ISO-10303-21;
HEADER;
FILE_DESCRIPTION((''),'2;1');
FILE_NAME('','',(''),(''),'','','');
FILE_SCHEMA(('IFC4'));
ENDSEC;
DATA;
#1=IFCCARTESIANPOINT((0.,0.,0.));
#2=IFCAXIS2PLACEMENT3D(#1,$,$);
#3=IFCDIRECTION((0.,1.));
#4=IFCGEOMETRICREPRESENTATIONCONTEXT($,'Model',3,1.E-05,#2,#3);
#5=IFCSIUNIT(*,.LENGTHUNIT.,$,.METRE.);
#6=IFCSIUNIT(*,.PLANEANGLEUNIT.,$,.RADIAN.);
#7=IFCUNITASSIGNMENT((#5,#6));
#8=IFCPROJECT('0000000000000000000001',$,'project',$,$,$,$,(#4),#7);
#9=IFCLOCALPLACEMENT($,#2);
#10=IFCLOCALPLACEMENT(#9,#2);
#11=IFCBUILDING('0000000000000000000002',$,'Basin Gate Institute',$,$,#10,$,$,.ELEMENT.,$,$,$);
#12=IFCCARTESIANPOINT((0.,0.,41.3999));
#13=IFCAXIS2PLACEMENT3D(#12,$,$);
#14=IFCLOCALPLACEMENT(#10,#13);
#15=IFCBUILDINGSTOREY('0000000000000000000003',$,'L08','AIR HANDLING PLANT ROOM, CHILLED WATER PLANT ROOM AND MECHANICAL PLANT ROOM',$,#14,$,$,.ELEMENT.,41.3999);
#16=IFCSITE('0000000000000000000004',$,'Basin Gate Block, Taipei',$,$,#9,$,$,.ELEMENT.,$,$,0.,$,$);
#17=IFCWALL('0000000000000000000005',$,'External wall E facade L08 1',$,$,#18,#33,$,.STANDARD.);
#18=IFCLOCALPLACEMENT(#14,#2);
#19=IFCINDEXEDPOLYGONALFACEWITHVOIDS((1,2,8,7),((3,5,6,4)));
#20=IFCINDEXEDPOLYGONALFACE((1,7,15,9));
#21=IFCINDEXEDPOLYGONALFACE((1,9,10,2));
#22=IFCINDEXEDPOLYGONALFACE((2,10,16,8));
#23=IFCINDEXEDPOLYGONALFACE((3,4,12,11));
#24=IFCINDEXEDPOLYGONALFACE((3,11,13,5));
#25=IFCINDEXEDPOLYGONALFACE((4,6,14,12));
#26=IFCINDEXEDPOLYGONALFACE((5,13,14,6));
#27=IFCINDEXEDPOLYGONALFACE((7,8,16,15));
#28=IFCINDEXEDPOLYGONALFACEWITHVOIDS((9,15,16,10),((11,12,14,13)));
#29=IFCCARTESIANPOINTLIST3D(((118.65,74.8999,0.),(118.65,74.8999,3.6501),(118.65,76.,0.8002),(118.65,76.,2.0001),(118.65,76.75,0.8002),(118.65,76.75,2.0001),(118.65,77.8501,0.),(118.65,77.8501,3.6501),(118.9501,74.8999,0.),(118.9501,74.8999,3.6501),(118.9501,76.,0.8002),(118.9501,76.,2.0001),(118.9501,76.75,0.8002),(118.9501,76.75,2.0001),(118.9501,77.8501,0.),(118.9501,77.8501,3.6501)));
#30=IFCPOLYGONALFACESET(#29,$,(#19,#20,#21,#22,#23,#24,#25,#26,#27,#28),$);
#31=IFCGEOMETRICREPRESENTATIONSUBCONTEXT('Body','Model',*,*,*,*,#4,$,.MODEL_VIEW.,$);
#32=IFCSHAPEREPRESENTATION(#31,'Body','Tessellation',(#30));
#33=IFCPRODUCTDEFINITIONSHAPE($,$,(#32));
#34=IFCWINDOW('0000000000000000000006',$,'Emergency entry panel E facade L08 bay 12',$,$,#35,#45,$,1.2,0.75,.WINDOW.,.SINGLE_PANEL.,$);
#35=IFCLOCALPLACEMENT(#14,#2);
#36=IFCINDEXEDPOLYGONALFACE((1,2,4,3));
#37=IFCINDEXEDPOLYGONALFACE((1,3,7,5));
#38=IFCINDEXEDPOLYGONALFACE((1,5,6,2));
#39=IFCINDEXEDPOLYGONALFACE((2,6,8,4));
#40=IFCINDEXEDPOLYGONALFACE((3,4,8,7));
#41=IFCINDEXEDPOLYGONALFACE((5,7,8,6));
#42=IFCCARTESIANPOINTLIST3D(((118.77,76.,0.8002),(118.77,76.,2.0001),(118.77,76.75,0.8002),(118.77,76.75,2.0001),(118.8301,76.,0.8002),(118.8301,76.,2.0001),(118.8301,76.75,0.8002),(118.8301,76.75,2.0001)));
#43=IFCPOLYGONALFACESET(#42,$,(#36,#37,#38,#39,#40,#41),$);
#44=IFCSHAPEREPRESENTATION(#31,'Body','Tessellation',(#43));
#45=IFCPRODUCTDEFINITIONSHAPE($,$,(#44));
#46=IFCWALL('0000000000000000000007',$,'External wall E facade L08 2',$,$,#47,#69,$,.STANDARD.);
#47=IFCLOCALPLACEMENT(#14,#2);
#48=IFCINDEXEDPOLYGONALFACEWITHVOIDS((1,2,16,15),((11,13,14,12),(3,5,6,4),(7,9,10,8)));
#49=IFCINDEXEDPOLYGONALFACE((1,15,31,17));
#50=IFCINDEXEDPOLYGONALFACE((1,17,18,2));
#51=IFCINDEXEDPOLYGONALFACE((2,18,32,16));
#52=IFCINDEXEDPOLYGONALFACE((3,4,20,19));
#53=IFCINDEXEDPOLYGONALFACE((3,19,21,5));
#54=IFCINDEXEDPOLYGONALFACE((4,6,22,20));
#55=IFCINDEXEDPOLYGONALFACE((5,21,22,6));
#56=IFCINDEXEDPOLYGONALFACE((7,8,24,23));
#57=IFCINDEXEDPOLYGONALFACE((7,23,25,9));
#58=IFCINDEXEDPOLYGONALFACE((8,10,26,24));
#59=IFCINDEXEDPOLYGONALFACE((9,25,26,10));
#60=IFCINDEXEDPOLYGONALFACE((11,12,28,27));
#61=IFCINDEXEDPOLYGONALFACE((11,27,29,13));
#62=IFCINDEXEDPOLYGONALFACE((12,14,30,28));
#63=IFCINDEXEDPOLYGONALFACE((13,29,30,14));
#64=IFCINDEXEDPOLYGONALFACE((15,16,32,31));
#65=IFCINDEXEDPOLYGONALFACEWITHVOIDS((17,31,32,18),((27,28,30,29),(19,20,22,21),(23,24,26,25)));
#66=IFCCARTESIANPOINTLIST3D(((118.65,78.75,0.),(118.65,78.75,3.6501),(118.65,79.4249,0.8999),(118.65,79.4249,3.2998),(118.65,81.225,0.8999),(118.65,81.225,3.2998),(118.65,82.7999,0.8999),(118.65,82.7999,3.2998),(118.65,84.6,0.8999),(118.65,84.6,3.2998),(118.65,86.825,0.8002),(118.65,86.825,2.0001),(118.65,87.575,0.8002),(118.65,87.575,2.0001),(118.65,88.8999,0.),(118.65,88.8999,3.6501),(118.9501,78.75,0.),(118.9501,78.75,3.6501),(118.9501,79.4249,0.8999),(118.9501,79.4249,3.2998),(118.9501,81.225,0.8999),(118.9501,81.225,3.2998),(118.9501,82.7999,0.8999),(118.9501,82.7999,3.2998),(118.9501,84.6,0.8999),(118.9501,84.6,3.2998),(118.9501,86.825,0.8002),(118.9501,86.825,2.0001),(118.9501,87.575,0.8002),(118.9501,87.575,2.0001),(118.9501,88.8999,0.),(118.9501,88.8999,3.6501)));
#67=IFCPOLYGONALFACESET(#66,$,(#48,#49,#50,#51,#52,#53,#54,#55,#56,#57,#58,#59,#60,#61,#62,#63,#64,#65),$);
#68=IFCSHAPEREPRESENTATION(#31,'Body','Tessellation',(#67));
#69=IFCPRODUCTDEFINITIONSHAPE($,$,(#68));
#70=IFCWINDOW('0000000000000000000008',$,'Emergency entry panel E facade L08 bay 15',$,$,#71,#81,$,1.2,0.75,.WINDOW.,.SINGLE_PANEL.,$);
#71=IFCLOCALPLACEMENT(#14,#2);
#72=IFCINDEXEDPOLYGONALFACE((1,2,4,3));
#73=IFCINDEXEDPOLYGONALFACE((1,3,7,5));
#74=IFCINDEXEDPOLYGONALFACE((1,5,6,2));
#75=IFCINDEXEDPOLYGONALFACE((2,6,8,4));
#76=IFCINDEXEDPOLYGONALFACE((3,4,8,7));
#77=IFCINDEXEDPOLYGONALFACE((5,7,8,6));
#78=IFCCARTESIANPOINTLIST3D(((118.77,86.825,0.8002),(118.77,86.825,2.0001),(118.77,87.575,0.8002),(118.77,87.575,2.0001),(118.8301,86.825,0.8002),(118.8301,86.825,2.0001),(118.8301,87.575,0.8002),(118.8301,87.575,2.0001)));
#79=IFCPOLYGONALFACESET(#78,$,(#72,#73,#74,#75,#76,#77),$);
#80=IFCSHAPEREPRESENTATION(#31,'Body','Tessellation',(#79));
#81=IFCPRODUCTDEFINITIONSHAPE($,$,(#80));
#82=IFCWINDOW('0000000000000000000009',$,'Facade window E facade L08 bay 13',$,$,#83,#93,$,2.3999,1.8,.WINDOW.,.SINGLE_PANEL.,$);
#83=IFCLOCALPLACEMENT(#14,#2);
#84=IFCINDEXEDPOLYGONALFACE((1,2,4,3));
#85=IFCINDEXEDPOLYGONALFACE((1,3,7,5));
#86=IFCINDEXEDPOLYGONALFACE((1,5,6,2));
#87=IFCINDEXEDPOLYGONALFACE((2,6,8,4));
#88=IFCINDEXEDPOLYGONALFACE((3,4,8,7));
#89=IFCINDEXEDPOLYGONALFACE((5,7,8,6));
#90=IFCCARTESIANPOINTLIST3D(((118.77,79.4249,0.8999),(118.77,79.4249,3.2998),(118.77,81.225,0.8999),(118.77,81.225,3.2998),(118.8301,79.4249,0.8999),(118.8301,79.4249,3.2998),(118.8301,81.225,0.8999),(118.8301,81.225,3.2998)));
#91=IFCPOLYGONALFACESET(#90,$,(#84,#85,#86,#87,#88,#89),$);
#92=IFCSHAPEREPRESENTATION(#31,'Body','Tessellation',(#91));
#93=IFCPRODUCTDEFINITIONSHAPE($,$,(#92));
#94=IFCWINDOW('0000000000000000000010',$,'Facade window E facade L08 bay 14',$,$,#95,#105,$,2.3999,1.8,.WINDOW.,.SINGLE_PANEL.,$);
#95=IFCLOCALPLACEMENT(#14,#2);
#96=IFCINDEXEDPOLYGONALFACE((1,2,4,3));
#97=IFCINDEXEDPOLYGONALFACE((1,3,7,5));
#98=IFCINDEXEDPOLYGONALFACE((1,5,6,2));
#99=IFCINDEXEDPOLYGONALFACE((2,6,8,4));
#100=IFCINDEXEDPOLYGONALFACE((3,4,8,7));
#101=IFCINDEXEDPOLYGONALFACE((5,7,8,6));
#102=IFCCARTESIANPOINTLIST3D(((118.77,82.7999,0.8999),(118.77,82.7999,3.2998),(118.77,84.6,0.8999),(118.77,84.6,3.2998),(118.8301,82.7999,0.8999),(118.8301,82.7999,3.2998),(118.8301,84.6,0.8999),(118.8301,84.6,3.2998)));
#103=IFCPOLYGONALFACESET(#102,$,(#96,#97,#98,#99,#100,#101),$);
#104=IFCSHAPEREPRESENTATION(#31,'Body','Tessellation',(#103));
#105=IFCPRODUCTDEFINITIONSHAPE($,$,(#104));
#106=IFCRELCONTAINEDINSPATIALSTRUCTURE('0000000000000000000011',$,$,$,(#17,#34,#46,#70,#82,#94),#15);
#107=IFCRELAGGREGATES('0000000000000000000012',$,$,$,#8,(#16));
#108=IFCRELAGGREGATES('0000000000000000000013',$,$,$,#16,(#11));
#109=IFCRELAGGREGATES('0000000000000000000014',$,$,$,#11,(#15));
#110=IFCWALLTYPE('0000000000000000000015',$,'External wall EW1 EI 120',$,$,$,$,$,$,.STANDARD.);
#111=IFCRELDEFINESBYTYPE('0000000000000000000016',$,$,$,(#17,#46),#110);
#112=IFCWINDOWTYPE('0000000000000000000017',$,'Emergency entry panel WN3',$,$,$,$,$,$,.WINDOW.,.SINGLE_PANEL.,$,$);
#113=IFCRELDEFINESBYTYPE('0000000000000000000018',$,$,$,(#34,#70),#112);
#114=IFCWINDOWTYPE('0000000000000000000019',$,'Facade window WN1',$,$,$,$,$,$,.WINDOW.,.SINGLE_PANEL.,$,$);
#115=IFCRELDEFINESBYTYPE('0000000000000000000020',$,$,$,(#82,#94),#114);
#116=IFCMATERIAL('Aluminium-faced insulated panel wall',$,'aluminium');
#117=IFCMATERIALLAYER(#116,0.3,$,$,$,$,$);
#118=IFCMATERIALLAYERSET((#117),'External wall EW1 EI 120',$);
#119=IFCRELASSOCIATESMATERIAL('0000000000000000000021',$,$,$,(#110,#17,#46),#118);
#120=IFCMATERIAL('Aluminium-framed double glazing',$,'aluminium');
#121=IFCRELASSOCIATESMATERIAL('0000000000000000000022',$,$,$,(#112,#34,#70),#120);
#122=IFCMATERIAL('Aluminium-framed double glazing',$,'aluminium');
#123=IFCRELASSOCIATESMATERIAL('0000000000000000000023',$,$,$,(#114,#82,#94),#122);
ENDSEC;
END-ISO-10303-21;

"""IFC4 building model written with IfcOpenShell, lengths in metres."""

from ifc_helpers import new_model, si_unit, direction, frame, frame_2d, origin, place, context, subcontext, project, spatial, rectangle, extrude, material, layer, layer_set, type_object, element, fill, save


model = new_model("IFC4")

# Units and contexts
model_context = context("Model", 3, precision=1e-05, world=origin(), true_north=direction((0.0, 1.0)))
body_context = subcontext(model_context, "Body", "Model", "MODEL_VIEW")
ifc_project = project(units=[si_unit("LENGTHUNIT", "METRE"), si_unit("PLANEANGLEUNIT", "RADIAN")], contexts=[model_context])

# Site, building, storey
site_placement = place(None, origin())
site = spatial("IfcSite", under=ifc_project, at=site_placement, Name="Basin Gate Block, Taipei", CompositionType="ELEMENT", RefElevation=0.0)
building_placement = place(site_placement, origin())
building = spatial("IfcBuilding", under=site, at=building_placement, Name="Basin Gate Institute", CompositionType="ELEMENT")
storey_placement = place(building_placement, frame((0.0, 0.0, 41.3999)))
storey = spatial("IfcBuildingStorey", under=building, at=storey_placement, Name="L08", Description="AIR HANDLING PLANT ROOM, CHILLED WATER PLANT ROOM AND MECHANICAL PLANT ROOM", CompositionType="ELEMENT", Elevation=41.3999)

# Wall, opening, window
ifc_material_1 = material(Name="Aluminium-faced insulated panel wall", Category="aluminium")
ifc_layer_1 = layer(ifc_material_1, 0.3)
ifc_layer_set_1 = layer_set([ifc_layer_1], Name="External wall EW1 EI 120")
wall_type_1 = type_object("IfcWallType", Name="External wall EW1 EI 120", PredefinedType="STANDARD", material=ifc_layer_set_1)
wall_1_placement = place(storey_placement, frame((118.8, 74.8999, 0.0), z_axis=(0.0, 0.0, 1.0), x_axis=(0.0, 1.0, 0.0)))
wall_1 = element("IfcWall", 1, at=wall_1_placement, inside=storey, type_object=wall_type_1, material=ifc_layer_set_1, Name="External wall E facade L08 1", PredefinedType="STANDARD", context=body_context, shape_type="SweptSolid", body=[
    extrude(rectangle(XDim=2.9502, YDim=0.3, at=frame_2d((1.4751, 0.0))), origin(), (0.0, 0.0, 1.0), 3.6501),
])
opening_1_placement = place(wall_1_placement, frame((1.1001, 0.0, 0.8)))
opening_1 = element("IfcOpeningElement", 2, at=opening_1_placement, cuts=wall_1, PredefinedType="OPENING", context=body_context, shape_type="SweptSolid", body=[
    extrude(rectangle(XDim=0.75, YDim=1.2, at=frame_2d((0.375, 0.6001))), frame((0.0, 0.1602, 0.0), z_axis=(0.0, -1.0, 0.0), x_axis=(1.0, 0.0, 0.0)), (0.0, 0.0, 1.0), 0.3201),
])
ifc_material_2 = material(Name="Aluminium-framed double glazing", Category="aluminium")
window_type_1 = type_object("IfcWindowType", Name="Emergency entry panel WN3", PartitioningType="SINGLE_PANEL", PredefinedType="WINDOW", material=ifc_material_2)
window_1_placement = place(opening_1_placement, origin())
window_1 = element("IfcWindow", 3, at=window_1_placement, inside=storey, type_object=window_type_1, material=ifc_material_2, Name="Emergency entry panel E facade L08 bay 12", OverallHeight=1.2, OverallWidth=0.75, PartitioningType="SINGLE_PANEL", PredefinedType="WINDOW", context=body_context, shape_type="SweptSolid", body=[
    extrude(rectangle(XDim=0.75, YDim=1.2, at=frame_2d((0.375, 0.6001))), frame((0.0, 0.03, 0.0), z_axis=(0.0, -1.0, 0.0), x_axis=(1.0, 0.0, 0.0)), (0.0, 0.0, 1.0), 0.0601),
])
fill(opening_1, window_1)

# Wall, openings, windows
wall_2_placement = place(storey_placement, frame((118.8, 78.75, 0.0), z_axis=(0.0, 0.0, 1.0), x_axis=(0.0, 1.0, 0.0)))
wall_2 = element("IfcWall", 4, at=wall_2_placement, inside=storey, type_object=wall_type_1, material=ifc_layer_set_1, Name="External wall E facade L08 2", PredefinedType="STANDARD", context=body_context, shape_type="SweptSolid", body=[
    extrude(rectangle(XDim=10.1499, YDim=0.3, at=frame_2d((5.075, 0.0))), origin(), (0.0, 0.0, 1.0), 3.6501),
])
opening_2_placement = place(wall_2_placement, frame((0.675, 0.0, 0.8999)))
opening_2 = element("IfcOpeningElement", 5, at=opening_2_placement, cuts=wall_2, PredefinedType="OPENING", context=body_context, shape_type="SweptSolid", body=[
    extrude(rectangle(XDim=1.8, YDim=2.3999, at=frame_2d((0.8999, 1.2))), frame((0.0, 0.1602, 0.0), z_axis=(0.0, -1.0, 0.0), x_axis=(1.0, 0.0, 0.0)), (0.0, 0.0, 1.0), 0.3201),
])
opening_3_placement = place(wall_2_placement, frame((4.05, 0.0, 0.8999)))
opening_3 = element("IfcOpeningElement", 6, at=opening_3_placement, cuts=wall_2, PredefinedType="OPENING", context=body_context, shape_type="SweptSolid", body=[
    extrude(rectangle(XDim=1.8, YDim=2.3999, at=frame_2d((0.8999, 1.2))), frame((0.0, 0.1602, 0.0), z_axis=(0.0, -1.0, 0.0), x_axis=(1.0, 0.0, 0.0)), (0.0, 0.0, 1.0), 0.3201),
])
opening_4_placement = place(wall_2_placement, frame((8.075, 0.0, 0.8)))
opening_4 = element("IfcOpeningElement", 7, at=opening_4_placement, cuts=wall_2, PredefinedType="OPENING", context=body_context, shape_type="SweptSolid", body=[
    extrude(rectangle(XDim=0.75, YDim=1.2, at=frame_2d((0.375, 0.6001))), frame((0.0, 0.1602, 0.0), z_axis=(0.0, -1.0, 0.0), x_axis=(1.0, 0.0, 0.0)), (0.0, 0.0, 1.0), 0.3201),
])
window_2_placement = place(opening_4_placement, origin())
window_2 = element("IfcWindow", 8, at=window_2_placement, inside=storey, type_object=window_type_1, material=ifc_material_2, Name="Emergency entry panel E facade L08 bay 15", OverallHeight=1.2, OverallWidth=0.75, PartitioningType="SINGLE_PANEL", PredefinedType="WINDOW", context=body_context, shape_type="SweptSolid", body=[
    extrude(rectangle(XDim=0.75, YDim=1.2, at=frame_2d((0.375, 0.6001))), frame((0.0, 0.03, 0.0), z_axis=(0.0, -1.0, 0.0), x_axis=(1.0, 0.0, 0.0)), (0.0, 0.0, 1.0), 0.0601),
])
fill(opening_4, window_2)
ifc_material_3 = material(Name="Aluminium-framed double glazing", Category="aluminium")
window_type_2 = type_object("IfcWindowType", Name="Facade window WN1", PartitioningType="SINGLE_PANEL", PredefinedType="WINDOW", material=ifc_material_3)
window_3_placement = place(opening_2_placement, origin())
window_3 = element("IfcWindow", 9, at=window_3_placement, inside=storey, type_object=window_type_2, material=ifc_material_3, Name="Facade window E facade L08 bay 13", OverallHeight=2.3999, OverallWidth=1.8, PartitioningType="SINGLE_PANEL", PredefinedType="WINDOW", context=body_context, shape_type="SweptSolid", body=[
    extrude(rectangle(XDim=1.8, YDim=2.3999, at=frame_2d((0.8999, 1.2))), frame((0.0, 0.03, 0.0), z_axis=(0.0, -1.0, 0.0), x_axis=(1.0, 0.0, 0.0)), (0.0, 0.0, 1.0), 0.0601),
])
fill(opening_2, window_3)
window_4_placement = place(opening_3_placement, origin())
window_4 = element("IfcWindow", 10, at=window_4_placement, inside=storey, type_object=window_type_2, material=ifc_material_3, Name="Facade window E facade L08 bay 14", OverallHeight=2.3999, OverallWidth=1.8, PartitioningType="SINGLE_PANEL", PredefinedType="WINDOW", context=body_context, shape_type="SweptSolid", body=[
    extrude(rectangle(XDim=1.8, YDim=2.3999, at=frame_2d((0.8999, 1.2))), frame((0.0, 0.03, 0.0), z_axis=(0.0, -1.0, 0.0), x_axis=(1.0, 0.0, 0.0)), (0.0, 0.0, 1.0), 0.0601),
])
fill(opening_3, window_4)

save(model, "model.ifc")
